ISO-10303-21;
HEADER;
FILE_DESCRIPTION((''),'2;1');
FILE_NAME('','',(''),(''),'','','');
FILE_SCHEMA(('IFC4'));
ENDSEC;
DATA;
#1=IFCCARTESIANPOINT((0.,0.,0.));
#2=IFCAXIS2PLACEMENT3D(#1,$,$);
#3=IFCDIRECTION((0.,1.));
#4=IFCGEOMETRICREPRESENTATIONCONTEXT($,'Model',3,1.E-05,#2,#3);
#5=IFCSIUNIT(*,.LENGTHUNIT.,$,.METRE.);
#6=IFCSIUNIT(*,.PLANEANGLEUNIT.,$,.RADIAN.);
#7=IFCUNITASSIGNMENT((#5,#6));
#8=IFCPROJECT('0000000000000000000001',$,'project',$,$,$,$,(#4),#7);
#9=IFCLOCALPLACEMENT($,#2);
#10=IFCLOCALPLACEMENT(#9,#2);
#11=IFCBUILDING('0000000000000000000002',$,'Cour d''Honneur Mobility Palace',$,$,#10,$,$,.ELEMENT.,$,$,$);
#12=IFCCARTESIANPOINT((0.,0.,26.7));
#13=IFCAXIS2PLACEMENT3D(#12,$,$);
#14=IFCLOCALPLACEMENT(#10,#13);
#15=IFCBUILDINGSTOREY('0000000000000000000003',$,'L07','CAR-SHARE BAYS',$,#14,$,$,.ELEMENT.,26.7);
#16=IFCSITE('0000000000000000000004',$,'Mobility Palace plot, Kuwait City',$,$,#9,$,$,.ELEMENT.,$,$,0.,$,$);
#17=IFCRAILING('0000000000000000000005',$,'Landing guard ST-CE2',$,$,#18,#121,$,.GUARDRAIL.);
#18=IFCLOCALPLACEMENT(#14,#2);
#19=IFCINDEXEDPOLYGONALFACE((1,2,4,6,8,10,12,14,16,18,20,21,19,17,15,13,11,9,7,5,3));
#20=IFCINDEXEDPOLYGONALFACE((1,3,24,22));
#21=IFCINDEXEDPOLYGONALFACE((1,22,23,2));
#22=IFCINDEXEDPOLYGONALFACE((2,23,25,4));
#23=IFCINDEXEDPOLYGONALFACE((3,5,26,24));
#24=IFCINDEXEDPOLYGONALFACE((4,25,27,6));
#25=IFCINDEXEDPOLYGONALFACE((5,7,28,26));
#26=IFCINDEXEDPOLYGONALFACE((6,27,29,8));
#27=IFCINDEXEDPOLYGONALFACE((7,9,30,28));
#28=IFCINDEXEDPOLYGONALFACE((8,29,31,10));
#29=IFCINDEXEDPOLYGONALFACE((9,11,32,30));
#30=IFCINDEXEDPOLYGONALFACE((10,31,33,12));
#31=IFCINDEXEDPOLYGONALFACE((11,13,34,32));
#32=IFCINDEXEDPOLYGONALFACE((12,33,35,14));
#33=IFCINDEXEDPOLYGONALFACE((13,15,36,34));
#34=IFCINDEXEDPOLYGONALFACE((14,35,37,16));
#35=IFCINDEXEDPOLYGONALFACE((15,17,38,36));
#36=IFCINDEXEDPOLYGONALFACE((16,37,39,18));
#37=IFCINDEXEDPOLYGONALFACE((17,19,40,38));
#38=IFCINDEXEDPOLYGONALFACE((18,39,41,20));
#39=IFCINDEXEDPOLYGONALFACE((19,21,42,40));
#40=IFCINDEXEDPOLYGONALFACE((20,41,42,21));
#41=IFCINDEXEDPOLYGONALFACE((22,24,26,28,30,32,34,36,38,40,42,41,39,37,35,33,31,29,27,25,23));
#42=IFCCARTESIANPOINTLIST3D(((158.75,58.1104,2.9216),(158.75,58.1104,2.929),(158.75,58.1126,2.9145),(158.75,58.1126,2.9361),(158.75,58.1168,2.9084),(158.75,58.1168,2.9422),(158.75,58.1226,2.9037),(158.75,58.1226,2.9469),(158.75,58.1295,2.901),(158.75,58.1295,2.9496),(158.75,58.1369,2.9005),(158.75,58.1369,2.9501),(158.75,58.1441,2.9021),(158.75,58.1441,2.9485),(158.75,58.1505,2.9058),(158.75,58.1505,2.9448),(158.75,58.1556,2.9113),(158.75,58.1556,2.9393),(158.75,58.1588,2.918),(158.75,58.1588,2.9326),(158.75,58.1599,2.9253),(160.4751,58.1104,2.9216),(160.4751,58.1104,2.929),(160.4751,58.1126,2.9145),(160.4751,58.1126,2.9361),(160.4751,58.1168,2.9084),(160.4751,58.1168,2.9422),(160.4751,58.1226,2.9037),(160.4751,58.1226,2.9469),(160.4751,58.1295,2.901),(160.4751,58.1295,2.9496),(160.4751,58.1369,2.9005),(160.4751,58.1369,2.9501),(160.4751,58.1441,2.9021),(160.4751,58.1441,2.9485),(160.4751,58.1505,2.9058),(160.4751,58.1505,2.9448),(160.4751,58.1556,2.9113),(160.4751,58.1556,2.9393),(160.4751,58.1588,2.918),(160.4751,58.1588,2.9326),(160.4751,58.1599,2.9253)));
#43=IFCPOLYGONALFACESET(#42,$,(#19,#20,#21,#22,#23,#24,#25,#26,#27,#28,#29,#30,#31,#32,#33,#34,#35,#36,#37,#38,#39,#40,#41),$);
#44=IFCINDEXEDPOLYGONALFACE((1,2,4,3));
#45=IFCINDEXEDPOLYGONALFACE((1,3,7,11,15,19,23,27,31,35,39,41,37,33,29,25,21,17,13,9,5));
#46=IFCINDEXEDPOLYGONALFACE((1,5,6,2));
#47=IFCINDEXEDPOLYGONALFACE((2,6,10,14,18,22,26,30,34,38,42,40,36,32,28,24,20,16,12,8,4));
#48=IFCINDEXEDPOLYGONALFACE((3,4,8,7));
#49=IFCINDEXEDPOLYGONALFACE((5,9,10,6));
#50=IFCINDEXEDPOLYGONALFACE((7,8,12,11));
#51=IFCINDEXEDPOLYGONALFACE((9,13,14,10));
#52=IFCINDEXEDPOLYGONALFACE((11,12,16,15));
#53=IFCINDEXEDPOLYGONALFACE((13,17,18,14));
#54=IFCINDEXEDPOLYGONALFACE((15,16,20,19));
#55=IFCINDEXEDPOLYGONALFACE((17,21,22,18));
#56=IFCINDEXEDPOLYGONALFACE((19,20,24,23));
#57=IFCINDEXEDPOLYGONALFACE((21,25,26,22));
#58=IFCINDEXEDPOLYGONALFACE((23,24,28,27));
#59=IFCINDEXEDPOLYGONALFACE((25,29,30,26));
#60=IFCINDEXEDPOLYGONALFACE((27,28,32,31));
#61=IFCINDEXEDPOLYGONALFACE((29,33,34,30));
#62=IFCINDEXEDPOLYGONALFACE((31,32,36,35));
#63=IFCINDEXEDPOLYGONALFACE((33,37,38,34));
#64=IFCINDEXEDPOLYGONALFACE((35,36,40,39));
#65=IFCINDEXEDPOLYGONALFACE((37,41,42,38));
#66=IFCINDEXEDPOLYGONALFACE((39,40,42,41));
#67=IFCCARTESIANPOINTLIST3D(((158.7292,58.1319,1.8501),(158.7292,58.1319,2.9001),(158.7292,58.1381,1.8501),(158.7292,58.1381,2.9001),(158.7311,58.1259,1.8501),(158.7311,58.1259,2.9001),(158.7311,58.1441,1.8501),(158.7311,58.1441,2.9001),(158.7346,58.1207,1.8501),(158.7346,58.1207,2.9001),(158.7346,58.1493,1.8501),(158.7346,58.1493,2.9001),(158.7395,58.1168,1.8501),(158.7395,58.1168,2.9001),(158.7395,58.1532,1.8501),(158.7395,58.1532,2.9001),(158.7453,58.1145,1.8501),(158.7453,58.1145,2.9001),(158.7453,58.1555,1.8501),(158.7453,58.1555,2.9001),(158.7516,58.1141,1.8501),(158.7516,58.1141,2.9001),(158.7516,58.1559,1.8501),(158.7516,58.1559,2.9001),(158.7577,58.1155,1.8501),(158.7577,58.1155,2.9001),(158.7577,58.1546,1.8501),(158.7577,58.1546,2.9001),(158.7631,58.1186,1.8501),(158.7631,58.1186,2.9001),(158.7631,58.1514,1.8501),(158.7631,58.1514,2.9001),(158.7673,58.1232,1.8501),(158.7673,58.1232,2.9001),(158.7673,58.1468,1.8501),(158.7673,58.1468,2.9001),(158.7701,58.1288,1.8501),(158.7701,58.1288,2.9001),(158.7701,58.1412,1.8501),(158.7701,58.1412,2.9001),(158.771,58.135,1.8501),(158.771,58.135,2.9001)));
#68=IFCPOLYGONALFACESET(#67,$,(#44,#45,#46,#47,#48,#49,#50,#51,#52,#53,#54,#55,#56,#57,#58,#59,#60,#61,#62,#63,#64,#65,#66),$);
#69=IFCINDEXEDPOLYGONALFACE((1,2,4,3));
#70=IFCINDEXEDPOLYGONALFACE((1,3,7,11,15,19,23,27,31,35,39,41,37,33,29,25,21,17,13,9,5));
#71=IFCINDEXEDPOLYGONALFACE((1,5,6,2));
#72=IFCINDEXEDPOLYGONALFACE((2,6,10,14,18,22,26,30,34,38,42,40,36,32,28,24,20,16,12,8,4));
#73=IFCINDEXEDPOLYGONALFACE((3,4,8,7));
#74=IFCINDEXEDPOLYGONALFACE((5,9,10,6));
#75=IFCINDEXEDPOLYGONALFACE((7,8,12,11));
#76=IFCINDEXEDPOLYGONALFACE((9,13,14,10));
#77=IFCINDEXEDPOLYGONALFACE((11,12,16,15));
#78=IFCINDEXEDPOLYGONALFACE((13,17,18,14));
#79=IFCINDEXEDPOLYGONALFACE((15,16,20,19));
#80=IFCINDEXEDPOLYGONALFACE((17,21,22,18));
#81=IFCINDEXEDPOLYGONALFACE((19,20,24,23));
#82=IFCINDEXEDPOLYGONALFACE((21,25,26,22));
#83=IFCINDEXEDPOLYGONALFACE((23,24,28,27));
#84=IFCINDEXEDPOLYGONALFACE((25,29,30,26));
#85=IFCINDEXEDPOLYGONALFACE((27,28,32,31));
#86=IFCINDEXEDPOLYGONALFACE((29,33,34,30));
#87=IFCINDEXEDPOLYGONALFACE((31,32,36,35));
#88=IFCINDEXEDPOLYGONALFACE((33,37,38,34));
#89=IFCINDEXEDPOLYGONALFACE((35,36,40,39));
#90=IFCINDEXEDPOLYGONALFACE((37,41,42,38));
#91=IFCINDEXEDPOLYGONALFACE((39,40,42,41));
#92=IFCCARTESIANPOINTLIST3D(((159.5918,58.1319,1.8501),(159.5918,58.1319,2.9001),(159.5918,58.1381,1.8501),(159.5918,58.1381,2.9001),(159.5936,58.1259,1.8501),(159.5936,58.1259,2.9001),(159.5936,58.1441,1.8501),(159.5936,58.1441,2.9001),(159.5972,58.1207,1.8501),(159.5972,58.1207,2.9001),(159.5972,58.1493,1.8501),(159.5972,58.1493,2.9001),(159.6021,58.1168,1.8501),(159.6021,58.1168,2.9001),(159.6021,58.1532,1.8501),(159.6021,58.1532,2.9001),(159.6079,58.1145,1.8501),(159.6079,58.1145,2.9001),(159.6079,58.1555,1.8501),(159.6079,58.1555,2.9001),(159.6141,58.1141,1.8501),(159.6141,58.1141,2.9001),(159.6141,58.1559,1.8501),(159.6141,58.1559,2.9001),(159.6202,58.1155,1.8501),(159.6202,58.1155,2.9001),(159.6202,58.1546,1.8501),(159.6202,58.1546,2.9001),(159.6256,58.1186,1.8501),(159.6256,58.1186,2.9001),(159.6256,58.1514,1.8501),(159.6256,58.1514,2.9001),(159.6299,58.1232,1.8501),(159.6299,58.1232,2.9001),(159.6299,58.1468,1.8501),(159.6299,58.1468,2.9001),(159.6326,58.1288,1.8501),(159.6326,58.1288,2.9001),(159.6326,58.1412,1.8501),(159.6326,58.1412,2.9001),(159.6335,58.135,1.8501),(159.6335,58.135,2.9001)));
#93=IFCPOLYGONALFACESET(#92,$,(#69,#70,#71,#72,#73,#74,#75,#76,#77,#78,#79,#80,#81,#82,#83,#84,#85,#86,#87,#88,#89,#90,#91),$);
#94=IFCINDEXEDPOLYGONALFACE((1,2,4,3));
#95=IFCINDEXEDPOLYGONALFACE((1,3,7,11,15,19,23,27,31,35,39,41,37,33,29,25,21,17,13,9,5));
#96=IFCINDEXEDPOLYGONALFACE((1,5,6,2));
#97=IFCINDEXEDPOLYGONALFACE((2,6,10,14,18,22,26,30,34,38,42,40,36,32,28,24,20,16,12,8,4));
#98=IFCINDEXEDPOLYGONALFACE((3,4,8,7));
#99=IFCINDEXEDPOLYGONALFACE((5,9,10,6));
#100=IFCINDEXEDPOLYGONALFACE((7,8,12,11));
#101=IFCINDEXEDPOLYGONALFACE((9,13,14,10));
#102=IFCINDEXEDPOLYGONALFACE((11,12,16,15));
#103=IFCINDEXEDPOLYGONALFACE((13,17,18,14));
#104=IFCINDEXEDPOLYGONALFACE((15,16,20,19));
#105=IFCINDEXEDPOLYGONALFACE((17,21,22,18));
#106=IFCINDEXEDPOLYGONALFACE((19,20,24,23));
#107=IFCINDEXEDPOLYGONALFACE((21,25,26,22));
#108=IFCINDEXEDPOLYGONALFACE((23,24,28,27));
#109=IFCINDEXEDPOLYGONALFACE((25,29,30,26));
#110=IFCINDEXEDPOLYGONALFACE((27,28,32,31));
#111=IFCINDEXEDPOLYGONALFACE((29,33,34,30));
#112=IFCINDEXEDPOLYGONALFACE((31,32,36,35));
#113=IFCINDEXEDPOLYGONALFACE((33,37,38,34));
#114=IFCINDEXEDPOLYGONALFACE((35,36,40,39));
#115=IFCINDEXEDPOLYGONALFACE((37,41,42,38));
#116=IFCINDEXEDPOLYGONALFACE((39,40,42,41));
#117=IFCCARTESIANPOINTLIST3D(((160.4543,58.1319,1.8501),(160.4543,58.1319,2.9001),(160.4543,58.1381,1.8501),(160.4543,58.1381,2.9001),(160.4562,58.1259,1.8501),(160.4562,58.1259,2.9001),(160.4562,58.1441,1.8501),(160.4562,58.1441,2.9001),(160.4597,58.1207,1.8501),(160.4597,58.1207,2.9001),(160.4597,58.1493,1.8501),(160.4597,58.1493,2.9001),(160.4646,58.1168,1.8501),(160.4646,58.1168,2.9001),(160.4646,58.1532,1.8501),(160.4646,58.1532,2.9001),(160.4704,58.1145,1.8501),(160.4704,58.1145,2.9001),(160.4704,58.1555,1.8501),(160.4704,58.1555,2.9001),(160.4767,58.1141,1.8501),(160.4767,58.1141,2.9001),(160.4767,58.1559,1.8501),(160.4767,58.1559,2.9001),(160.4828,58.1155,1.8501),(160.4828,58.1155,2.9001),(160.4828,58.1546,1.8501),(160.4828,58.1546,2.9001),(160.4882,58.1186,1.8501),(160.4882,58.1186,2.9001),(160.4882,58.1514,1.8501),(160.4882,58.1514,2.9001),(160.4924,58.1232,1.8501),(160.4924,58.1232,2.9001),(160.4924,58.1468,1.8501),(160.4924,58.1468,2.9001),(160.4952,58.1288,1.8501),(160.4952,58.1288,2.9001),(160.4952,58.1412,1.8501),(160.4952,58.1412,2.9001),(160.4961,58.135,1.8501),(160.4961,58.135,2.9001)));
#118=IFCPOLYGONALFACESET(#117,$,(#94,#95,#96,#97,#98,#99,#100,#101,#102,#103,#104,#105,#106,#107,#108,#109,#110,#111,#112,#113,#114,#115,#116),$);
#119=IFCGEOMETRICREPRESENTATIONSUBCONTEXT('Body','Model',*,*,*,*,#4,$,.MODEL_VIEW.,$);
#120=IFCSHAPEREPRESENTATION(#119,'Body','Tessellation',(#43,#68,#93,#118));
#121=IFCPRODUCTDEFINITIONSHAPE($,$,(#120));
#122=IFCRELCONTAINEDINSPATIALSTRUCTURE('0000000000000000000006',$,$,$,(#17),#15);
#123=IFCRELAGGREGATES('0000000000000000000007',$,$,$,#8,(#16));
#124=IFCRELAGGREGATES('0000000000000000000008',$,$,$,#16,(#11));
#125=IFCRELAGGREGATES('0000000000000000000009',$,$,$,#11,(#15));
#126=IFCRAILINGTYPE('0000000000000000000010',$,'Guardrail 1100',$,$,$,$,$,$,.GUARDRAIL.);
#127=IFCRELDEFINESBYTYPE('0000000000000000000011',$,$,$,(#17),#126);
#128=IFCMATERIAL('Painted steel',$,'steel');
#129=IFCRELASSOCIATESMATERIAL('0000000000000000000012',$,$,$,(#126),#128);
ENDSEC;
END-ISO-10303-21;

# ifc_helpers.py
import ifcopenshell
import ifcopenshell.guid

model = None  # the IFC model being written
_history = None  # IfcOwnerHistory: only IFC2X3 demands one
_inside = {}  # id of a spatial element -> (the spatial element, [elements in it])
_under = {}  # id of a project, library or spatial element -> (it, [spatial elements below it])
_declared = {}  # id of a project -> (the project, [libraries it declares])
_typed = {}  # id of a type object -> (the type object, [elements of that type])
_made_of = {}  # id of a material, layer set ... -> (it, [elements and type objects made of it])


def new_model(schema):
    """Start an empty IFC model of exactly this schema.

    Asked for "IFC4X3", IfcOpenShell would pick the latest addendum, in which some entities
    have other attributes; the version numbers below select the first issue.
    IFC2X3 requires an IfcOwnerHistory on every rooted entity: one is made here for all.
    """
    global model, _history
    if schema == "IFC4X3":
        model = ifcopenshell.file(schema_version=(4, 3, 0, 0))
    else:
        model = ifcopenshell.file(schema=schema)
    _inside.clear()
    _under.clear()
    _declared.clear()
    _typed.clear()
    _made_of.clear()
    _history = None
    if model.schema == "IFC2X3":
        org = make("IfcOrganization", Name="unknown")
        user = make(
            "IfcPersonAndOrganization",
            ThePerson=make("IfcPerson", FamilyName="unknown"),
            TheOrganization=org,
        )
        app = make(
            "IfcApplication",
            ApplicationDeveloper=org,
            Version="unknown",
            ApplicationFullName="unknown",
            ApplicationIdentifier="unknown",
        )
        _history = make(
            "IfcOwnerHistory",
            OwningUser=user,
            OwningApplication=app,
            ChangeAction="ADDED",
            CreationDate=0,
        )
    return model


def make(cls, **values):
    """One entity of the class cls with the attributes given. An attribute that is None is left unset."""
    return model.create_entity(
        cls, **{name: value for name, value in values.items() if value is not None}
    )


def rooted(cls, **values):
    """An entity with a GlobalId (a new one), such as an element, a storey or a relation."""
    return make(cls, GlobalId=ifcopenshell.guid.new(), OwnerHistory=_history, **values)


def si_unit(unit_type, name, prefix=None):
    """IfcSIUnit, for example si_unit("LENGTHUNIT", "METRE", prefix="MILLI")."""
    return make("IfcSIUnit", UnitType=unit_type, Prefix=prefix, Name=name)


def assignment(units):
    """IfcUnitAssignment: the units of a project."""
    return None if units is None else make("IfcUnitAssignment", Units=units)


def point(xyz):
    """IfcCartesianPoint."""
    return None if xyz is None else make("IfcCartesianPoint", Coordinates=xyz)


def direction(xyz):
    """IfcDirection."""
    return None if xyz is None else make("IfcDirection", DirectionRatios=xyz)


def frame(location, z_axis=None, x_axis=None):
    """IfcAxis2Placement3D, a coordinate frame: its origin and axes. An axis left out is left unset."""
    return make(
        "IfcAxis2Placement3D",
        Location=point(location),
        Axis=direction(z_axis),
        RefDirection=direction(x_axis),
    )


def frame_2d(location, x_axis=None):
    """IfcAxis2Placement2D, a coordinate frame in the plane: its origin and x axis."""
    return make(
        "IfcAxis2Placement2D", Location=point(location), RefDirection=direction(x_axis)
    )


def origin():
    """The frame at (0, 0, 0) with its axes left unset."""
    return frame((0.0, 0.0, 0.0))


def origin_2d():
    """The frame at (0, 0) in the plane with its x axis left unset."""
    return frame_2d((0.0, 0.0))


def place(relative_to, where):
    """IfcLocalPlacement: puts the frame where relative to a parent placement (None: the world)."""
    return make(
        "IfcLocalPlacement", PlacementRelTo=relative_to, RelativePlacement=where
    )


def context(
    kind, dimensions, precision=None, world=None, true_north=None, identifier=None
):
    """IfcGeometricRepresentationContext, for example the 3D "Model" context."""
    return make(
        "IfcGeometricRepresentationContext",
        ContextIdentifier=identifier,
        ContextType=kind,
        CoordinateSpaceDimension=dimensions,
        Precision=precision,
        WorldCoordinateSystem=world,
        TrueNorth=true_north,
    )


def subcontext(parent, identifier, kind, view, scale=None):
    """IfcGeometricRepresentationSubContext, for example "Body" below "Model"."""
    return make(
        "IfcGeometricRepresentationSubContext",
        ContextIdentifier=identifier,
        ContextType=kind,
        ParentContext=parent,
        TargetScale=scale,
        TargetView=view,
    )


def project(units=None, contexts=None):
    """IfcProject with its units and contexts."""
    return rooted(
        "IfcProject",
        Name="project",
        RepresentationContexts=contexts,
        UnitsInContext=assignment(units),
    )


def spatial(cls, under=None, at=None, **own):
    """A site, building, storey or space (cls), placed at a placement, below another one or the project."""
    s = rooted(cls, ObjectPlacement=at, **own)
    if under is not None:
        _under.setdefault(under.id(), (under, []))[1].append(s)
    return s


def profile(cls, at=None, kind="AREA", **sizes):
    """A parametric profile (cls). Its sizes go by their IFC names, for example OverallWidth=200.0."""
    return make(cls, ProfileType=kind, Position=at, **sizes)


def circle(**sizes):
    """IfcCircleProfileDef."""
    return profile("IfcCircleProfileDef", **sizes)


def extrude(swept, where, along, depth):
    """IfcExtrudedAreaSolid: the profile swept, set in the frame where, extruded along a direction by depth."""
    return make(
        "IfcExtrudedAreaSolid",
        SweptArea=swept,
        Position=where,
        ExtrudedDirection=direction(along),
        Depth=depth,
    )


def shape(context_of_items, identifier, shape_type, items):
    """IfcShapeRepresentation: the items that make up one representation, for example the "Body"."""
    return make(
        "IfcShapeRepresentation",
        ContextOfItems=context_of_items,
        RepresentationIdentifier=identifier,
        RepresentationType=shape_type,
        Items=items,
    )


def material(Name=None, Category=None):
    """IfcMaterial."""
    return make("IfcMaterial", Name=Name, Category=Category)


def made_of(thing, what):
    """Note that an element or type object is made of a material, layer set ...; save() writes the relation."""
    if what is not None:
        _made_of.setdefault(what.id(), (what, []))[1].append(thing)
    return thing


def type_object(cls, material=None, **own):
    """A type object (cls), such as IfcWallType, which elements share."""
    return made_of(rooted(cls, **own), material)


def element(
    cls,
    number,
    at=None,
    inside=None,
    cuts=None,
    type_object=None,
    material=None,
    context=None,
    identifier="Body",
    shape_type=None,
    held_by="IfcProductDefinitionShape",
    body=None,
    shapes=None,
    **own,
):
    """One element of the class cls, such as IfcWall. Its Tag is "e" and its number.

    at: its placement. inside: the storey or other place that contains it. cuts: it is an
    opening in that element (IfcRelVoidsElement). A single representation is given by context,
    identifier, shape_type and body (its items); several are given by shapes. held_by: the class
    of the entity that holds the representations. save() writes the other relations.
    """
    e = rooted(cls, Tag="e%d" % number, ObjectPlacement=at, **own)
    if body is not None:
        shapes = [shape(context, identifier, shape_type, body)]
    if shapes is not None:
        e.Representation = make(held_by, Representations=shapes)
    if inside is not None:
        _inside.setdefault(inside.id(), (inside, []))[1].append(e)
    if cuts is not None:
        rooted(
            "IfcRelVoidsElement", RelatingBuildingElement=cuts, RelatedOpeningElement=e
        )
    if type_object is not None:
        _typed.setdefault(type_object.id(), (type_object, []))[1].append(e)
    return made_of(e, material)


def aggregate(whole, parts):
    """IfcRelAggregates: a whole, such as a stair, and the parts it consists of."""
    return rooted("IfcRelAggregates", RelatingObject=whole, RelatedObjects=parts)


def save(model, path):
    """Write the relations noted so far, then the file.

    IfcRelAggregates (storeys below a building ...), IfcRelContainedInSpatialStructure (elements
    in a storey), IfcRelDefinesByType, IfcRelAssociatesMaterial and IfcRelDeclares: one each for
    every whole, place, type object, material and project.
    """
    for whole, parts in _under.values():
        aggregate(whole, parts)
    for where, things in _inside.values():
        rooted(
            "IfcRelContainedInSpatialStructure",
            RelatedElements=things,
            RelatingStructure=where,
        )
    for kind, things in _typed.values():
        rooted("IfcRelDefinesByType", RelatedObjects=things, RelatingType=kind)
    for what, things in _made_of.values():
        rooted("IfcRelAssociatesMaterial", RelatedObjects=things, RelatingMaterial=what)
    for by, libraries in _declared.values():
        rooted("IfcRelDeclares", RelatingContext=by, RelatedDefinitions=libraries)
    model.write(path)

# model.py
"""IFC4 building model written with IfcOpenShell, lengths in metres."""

from ifc_helpers import new_model, si_unit, direction, frame, origin, origin_2d, place, context, subcontext, project, spatial, circle, extrude, material, type_object, element, save


model = new_model("IFC4")

# Units and contexts
model_context = context("Model", 3, precision=1e-05, world=origin(), true_north=direction((0.0, 1.0)))
body_context = subcontext(model_context, "Body", "Model", "MODEL_VIEW")
ifc_project = project(units=[si_unit("LENGTHUNIT", "METRE"), si_unit("PLANEANGLEUNIT", "RADIAN")], contexts=[model_context])

# Site, building, storey
site_placement = place(None, origin())
site = spatial("IfcSite", under=ifc_project, at=site_placement, Name="Mobility Palace plot, Kuwait City", CompositionType="ELEMENT", RefElevation=0.0)
building_placement = place(site_placement, origin())
building = spatial("IfcBuilding", under=site, at=building_placement, Name="Cour d'Honneur Mobility Palace", CompositionType="ELEMENT")
storey_placement = place(building_placement, frame((0.0, 0.0, 26.7)))
storey = spatial("IfcBuildingStorey", under=building, at=storey_placement, Name="L07", Description="CAR-SHARE BAYS", CompositionType="ELEMENT", Elevation=26.7)

# Railing
ifc_material_1 = material(Name="Painted steel", Category="steel")
railing_type_1 = type_object("IfcRailingType", Name="Guardrail 1100", PredefinedType="GUARDRAIL", material=ifc_material_1)
railing_1_placement = place(storey_placement, frame((158.75, 58.135, 1.8501)))
element("IfcRailing", 1, at=railing_1_placement, inside=storey, type_object=railing_type_1, Name="Landing guard ST-CE2", PredefinedType="GUARDRAIL", context=body_context, shape_type="SweptSolid", body=[
    extrude(circle(Radius=0.0249, at=origin_2d()), frame((0.0, 0.0, 1.0752), z_axis=(1.0, 0.0, 0.0), x_axis=(0.0, 1.0, 0.0)), (0.0, 0.0, 1.0), 1.7251),
    extrude(circle(Radius=0.021, at=origin_2d()), origin(), (0.0, 0.0, 1.0), 1.05),
    extrude(circle(Radius=0.021, at=origin_2d()), frame((0.8625, 0.0, 0.0)), (0.0, 0.0, 1.0), 1.05),
    extrude(circle(Radius=0.021, at=origin_2d()), frame((1.7251, 0.0, 0.0)), (0.0, 0.0, 1.0), 1.05),
])

save(model, "model.ifc")
